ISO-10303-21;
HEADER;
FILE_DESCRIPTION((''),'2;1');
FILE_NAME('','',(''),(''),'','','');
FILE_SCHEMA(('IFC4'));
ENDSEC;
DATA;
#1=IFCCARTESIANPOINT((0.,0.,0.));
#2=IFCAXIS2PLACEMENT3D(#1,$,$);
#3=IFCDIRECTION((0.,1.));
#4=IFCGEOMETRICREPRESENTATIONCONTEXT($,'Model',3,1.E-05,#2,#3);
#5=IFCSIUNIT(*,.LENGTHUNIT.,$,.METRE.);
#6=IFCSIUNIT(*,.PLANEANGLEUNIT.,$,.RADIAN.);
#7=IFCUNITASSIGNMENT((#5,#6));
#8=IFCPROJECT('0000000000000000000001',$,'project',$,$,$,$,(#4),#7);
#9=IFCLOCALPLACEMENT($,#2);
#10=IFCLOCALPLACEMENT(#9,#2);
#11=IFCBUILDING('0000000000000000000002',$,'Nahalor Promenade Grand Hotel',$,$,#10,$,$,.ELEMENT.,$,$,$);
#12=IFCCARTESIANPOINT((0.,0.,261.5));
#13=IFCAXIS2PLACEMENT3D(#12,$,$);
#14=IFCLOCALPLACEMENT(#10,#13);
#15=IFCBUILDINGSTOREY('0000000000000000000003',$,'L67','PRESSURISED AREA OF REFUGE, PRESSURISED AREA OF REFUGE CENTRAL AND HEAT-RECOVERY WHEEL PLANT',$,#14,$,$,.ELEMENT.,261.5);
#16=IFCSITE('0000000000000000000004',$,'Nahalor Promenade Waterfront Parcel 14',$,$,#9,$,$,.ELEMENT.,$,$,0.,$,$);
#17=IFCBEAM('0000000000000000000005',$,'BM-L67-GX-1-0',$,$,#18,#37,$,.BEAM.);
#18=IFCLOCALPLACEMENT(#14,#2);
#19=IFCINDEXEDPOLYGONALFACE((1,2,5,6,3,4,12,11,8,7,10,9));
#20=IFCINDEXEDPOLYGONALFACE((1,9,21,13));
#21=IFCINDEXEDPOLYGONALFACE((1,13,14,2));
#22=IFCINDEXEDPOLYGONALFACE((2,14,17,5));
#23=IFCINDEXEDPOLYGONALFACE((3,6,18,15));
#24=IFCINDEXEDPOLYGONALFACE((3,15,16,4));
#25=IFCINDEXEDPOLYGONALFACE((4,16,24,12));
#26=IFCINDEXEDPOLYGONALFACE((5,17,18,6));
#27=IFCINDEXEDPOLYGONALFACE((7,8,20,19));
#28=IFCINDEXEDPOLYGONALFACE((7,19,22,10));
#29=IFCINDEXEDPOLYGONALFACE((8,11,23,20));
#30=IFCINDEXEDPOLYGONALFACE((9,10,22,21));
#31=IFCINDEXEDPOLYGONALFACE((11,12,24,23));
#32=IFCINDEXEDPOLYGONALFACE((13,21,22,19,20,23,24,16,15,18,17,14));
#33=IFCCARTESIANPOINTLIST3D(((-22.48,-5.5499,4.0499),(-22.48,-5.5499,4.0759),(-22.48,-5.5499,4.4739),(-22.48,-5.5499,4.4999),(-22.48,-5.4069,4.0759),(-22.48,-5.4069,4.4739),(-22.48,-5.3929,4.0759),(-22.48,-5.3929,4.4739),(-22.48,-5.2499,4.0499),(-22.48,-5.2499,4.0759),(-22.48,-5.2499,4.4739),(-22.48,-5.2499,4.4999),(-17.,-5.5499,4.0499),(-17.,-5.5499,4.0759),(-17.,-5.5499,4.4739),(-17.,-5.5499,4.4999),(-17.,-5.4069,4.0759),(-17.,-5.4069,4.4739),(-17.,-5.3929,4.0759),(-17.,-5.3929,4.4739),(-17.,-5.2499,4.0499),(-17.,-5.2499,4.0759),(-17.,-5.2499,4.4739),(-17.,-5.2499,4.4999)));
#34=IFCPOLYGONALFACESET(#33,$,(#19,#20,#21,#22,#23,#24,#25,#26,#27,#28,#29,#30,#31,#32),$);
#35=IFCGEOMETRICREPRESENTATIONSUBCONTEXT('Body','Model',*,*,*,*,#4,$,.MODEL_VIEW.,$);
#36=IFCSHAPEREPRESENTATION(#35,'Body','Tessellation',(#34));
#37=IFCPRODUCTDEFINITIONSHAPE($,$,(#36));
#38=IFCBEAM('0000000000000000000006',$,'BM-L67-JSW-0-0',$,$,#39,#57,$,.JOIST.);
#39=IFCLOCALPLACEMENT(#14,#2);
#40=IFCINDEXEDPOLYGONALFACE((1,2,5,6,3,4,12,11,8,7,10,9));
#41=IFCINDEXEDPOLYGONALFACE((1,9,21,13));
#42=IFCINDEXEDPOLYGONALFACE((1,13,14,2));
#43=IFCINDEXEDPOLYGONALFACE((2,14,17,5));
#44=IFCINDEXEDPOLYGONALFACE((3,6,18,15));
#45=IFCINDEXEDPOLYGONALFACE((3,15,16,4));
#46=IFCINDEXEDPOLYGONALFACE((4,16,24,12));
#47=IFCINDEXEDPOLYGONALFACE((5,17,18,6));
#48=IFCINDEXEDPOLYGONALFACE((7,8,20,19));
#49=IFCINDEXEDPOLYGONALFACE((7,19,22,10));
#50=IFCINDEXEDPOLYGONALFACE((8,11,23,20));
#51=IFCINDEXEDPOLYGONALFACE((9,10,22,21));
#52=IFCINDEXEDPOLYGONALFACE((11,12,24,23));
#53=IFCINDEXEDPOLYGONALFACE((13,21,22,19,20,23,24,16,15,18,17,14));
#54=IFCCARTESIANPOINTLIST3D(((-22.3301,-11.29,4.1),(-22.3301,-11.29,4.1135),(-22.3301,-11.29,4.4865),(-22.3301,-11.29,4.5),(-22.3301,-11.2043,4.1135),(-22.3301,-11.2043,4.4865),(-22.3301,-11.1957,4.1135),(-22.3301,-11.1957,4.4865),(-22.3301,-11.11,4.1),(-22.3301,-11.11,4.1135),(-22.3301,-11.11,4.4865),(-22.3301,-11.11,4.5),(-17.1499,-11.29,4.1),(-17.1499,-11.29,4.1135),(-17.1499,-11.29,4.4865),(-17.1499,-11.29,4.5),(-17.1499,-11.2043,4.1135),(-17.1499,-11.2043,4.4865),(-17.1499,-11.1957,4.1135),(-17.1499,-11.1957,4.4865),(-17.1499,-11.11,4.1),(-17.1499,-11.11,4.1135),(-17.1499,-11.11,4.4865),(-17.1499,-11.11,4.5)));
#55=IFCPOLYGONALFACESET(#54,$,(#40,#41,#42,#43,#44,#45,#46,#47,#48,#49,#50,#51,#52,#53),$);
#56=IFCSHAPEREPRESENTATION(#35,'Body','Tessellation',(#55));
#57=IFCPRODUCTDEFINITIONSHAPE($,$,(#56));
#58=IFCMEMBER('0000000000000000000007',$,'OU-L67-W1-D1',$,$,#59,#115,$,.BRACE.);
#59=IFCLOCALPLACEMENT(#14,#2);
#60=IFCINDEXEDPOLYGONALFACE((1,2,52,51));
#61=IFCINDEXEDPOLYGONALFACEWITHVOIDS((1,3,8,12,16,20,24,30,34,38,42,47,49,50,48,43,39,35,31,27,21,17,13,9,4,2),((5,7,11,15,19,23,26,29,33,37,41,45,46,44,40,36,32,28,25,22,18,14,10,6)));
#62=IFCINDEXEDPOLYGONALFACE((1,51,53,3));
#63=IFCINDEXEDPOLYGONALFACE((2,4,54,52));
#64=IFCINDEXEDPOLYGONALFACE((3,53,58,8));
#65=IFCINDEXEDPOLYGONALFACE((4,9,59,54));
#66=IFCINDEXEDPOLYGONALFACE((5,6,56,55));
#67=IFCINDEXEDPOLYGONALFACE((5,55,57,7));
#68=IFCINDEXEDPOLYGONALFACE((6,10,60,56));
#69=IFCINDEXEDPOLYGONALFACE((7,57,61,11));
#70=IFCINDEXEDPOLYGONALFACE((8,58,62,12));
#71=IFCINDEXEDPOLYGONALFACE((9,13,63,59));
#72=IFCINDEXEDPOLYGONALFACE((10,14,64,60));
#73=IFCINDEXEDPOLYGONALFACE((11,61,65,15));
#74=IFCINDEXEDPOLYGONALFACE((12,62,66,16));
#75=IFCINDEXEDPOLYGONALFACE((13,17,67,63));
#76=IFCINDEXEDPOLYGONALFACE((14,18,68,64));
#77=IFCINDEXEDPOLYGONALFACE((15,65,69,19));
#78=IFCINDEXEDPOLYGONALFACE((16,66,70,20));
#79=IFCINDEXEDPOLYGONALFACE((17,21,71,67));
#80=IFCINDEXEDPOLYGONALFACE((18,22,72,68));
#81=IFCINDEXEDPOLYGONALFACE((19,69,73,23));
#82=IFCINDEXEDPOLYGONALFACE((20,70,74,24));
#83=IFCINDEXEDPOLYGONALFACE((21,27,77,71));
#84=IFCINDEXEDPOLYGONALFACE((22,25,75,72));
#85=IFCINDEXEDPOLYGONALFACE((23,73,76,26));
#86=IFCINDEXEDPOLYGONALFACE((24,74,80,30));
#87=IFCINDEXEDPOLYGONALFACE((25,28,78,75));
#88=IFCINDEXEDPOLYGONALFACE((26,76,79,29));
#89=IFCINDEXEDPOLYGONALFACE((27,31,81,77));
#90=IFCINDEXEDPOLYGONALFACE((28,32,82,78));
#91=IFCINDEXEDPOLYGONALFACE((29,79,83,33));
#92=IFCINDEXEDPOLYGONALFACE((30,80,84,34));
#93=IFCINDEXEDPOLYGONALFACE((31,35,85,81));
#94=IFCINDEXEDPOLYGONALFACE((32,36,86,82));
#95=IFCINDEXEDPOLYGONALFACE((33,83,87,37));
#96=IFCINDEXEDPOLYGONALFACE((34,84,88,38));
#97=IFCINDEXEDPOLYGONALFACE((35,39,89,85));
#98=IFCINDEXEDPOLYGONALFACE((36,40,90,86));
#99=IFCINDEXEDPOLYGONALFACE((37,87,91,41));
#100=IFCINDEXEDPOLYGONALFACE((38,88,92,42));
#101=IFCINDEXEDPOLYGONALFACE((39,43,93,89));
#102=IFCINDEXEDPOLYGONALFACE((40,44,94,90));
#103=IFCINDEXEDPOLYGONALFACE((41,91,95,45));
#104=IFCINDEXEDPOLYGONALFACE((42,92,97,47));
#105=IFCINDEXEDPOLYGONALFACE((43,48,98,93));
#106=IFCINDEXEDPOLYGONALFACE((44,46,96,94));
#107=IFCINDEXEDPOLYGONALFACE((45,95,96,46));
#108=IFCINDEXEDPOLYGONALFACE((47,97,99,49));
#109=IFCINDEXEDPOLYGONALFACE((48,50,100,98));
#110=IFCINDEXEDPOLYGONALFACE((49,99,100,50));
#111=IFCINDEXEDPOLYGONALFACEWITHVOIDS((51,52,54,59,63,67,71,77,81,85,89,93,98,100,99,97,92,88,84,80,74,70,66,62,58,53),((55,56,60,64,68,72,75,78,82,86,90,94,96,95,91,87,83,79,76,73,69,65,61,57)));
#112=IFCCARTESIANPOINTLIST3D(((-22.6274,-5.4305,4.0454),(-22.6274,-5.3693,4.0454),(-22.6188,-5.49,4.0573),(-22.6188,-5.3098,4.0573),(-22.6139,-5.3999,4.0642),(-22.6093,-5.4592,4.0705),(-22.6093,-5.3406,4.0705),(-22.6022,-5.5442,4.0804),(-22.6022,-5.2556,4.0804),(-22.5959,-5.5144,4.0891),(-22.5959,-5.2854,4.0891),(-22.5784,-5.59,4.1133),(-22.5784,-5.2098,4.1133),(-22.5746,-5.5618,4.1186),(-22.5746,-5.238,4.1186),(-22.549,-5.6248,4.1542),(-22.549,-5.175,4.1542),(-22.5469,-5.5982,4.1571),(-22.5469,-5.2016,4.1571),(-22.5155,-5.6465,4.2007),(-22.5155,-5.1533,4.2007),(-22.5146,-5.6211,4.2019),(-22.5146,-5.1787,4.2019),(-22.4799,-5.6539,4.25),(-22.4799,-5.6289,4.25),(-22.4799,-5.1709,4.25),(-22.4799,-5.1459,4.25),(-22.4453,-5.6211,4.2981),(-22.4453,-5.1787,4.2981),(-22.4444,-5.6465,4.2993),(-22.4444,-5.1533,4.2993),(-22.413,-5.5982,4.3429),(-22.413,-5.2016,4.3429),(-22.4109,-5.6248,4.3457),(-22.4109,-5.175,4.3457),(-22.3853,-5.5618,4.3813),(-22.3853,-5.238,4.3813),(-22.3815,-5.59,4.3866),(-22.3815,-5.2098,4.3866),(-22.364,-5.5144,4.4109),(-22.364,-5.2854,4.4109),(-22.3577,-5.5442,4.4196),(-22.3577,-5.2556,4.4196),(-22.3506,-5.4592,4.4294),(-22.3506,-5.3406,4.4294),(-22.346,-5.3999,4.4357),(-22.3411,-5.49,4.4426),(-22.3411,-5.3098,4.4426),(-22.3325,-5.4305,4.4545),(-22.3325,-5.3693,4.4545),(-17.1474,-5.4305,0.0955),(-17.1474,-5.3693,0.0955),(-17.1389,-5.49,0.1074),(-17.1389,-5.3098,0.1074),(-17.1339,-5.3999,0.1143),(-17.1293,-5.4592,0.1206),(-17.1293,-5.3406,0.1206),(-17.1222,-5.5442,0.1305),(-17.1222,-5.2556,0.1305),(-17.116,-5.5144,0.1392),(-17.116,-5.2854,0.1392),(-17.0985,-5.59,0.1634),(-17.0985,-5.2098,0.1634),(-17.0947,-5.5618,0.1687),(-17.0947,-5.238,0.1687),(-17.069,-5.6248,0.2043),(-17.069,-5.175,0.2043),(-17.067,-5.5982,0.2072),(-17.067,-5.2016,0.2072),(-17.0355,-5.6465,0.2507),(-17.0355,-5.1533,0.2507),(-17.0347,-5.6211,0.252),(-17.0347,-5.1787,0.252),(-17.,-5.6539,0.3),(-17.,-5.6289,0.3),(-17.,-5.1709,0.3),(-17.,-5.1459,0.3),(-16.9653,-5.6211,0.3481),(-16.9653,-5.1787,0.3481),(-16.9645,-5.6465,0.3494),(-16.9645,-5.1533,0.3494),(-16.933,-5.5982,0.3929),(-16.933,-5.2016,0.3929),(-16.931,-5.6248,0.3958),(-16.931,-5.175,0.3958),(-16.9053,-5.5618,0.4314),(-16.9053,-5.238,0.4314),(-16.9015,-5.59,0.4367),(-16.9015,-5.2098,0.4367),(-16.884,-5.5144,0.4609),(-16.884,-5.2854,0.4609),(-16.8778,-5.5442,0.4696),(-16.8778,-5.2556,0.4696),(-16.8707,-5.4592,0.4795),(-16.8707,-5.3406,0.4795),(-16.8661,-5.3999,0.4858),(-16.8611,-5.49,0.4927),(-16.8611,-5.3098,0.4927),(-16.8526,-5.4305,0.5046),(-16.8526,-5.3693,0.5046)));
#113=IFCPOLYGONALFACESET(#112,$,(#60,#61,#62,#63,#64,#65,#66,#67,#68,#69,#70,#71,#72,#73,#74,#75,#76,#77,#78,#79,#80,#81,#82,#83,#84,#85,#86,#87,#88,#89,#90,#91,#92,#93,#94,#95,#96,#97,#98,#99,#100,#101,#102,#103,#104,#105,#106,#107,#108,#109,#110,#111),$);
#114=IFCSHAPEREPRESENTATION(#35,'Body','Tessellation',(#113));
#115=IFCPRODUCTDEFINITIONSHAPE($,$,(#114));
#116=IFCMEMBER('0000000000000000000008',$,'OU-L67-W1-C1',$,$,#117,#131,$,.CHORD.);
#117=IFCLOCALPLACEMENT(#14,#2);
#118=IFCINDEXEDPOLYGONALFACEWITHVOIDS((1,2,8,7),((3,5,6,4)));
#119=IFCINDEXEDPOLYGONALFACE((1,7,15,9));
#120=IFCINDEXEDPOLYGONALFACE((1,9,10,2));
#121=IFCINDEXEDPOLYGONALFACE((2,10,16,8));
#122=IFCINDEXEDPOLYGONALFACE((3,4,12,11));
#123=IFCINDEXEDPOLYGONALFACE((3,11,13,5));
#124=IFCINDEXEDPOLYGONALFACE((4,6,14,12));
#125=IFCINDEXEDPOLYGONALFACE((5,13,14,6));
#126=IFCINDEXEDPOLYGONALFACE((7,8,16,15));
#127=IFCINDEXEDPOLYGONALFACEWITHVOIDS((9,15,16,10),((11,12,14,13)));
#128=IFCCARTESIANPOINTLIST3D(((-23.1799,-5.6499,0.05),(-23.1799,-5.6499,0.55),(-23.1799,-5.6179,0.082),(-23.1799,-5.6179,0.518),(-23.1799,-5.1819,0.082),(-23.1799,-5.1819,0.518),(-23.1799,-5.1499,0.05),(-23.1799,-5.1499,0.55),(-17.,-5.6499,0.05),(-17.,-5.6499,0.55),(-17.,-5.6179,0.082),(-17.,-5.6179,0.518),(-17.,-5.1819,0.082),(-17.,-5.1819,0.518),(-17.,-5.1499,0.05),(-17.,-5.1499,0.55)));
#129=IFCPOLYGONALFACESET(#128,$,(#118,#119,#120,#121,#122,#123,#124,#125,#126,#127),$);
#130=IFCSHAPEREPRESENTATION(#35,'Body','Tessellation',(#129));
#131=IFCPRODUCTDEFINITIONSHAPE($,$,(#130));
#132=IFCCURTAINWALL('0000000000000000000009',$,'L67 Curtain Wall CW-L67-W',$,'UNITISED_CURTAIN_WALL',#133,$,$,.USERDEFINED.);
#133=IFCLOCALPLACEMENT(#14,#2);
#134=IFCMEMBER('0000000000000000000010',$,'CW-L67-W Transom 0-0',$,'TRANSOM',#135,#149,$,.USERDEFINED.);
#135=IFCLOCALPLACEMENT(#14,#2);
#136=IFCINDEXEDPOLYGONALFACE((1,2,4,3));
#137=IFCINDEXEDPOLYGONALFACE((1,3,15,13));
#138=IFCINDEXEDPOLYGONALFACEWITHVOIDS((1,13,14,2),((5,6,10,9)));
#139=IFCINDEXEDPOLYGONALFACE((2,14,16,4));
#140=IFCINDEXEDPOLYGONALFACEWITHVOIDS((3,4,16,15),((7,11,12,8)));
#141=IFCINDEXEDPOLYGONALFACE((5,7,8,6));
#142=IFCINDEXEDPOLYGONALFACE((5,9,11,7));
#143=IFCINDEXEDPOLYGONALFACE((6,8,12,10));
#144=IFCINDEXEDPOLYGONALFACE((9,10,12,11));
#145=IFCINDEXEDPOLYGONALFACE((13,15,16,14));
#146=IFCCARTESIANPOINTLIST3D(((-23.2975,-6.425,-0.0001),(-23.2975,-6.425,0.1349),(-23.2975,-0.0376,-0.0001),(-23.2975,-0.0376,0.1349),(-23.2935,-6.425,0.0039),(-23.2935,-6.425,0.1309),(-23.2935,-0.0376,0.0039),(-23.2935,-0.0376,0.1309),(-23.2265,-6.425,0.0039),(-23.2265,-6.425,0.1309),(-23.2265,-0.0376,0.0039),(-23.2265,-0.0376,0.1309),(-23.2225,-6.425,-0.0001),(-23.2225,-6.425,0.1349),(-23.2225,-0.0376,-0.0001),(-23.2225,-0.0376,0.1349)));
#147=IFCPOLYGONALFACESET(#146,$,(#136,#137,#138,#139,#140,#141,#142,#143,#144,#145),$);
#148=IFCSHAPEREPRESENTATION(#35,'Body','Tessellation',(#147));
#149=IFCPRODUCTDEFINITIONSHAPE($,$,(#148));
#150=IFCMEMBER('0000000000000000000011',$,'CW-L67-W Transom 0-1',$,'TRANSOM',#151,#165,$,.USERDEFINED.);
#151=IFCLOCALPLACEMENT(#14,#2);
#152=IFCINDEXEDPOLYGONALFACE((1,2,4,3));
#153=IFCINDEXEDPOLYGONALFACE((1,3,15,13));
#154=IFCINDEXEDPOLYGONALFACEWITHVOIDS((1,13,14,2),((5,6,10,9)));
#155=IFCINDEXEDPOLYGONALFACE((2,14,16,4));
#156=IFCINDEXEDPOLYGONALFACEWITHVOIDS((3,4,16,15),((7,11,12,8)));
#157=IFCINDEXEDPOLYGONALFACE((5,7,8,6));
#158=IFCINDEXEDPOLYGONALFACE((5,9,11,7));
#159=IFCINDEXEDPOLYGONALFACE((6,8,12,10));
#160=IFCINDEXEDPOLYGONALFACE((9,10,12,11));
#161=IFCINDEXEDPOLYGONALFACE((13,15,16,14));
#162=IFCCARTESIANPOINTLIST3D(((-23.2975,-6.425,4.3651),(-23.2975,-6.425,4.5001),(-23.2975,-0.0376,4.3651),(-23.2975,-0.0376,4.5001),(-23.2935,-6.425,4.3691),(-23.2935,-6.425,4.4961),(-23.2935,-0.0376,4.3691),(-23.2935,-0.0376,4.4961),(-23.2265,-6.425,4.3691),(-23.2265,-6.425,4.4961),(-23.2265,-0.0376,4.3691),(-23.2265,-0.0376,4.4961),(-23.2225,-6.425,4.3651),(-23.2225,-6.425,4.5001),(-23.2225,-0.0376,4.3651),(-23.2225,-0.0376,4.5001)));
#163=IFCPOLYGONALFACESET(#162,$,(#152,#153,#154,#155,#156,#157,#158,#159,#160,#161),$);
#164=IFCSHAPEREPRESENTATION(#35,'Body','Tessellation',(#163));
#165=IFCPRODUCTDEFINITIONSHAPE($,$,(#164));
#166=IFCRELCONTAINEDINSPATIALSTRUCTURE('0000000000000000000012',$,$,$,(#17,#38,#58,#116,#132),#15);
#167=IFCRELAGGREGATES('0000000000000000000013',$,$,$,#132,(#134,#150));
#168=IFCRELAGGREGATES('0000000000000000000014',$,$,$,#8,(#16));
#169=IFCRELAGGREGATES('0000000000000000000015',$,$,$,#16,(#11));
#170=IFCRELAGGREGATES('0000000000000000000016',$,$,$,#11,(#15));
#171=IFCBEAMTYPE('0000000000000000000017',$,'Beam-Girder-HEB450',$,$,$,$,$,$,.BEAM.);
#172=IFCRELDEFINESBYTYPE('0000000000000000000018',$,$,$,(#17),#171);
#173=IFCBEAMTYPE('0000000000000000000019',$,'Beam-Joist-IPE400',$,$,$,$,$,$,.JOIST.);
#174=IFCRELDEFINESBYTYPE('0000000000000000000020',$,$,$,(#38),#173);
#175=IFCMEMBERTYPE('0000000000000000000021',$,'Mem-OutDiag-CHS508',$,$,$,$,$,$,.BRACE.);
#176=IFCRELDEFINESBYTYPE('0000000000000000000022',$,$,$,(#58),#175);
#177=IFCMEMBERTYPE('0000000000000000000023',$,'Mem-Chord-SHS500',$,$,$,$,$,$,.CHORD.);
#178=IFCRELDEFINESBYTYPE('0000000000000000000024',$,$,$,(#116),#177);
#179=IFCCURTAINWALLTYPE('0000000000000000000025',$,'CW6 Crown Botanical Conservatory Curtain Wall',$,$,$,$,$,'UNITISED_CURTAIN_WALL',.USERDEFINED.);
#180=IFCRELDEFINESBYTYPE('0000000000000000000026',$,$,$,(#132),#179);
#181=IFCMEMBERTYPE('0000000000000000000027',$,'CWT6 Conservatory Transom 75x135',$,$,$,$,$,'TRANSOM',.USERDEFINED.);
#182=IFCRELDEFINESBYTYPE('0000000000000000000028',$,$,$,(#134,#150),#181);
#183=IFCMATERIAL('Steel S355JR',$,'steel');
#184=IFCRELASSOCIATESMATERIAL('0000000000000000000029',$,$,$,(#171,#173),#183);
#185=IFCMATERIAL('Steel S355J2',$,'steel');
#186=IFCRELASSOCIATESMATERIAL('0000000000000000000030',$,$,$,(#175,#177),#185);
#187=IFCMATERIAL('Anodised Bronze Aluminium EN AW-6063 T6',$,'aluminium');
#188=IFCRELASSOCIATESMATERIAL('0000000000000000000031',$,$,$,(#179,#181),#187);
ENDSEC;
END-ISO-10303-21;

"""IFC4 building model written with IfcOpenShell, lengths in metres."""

from ifc_helpers import new_model, si_unit, direction, frame, origin, origin_2d, place, context, subcontext, project, spatial, hollow_rectangle, hollow_circle, i_section, extrude, source, transform, mapped, material, material_profile, profile_set, type_object, element, aggregate, save


model = new_model("IFC4")

# Units and contexts
model_context = context("Model", 3, precision=1e-05, world=origin(), true_north=direction((0.0, 1.0)))
body_context = subcontext(model_context, "Body", "Model", "MODEL_VIEW")
ifc_project = project(units=[si_unit("LENGTHUNIT", "METRE"), si_unit("PLANEANGLEUNIT", "RADIAN")], contexts=[model_context])

# Site, building, storey
site_placement = place(None, origin())
site = spatial("IfcSite", under=ifc_project, at=site_placement, Name="Nahalor Promenade Waterfront Parcel 14", CompositionType="ELEMENT", RefElevation=0.0)
building_placement = place(site_placement, origin())
building = spatial("IfcBuilding", under=site, at=building_placement, Name="Nahalor Promenade Grand Hotel", CompositionType="ELEMENT")
storey_placement = place(building_placement, frame((0.0, 0.0, 261.5)))
storey = spatial("IfcBuildingStorey", under=building, at=storey_placement, Name="L67", Description="PRESSURISED AREA OF REFUGE, PRESSURISED AREA OF REFUGE CENTRAL AND HEAT-RECOVERY WHEEL PLANT", CompositionType="ELEMENT", Elevation=261.5)

# Shared definitions
ifc_material_1 = material(Name="Steel S355JR", Category="steel")

# Beams
ifc_material_profile_1 = material_profile(ifc_material_1, i_section(OverallWidth=0.3, OverallDepth=0.45, WebThickness=0.014, FlangeThickness=0.026, at=origin_2d()), Name="HEB 450")
ifc_profile_set_1 = profile_set([ifc_material_profile_1], Name="Steel S355JR")
beam_type_1 = type_object("IfcBeamType", Name="Beam-Girder-HEB450", PredefinedType="BEAM", material=ifc_profile_set_1)
ifc_material_profile_2 = material_profile(ifc_material_1, i_section(OverallWidth=0.18, OverallDepth=0.4, WebThickness=0.0086, FlangeThickness=0.0135, at=origin_2d()), Name="IPE 400")
ifc_profile_set_2 = profile_set([ifc_material_profile_2], Name="Steel S355JR")
beam_type_2 = type_object("IfcBeamType", Name="Beam-Joist-IPE400", PredefinedType="JOIST", material=ifc_profile_set_2)
shared_shape_1 = source(origin(), body_context, "Body", "SweptSolid", [
    extrude(i_section(OverallWidth=0.3, OverallDepth=0.45, WebThickness=0.014, FlangeThickness=0.026, at=origin_2d()), origin(), (0.0, 0.0, 1.0), 5.48),
])
beam_1_placement = place(storey_placement, frame((-22.48, -5.3999, 4.2749), z_axis=(1.0, 0.0, 0.0), x_axis=(0.0, 1.0, 0.0)))
element("IfcBeam", 1, at=beam_1_placement, inside=storey, type_object=beam_type_1, Name="BM-L67-GX-1-0", PredefinedType="BEAM", context=body_context, shape_type="MappedRepresentation", body=[
    mapped(shared_shape_1, transform((0.0, 0.0, 0.0), scale=1.0)),
])
shared_shape_2 = source(origin(), body_context, "Body", "SweptSolid", [
    extrude(i_section(OverallWidth=0.18, OverallDepth=0.4, WebThickness=0.0086, FlangeThickness=0.0135, at=origin_2d()), origin(), (0.0, 0.0, 1.0), 5.1802),
])
beam_2_placement = place(storey_placement, frame((-22.3301, -11.2, 4.3), z_axis=(1.0, 0.0, 0.0), x_axis=(0.0, 1.0, 0.0)))
element("IfcBeam", 2, at=beam_2_placement, inside=storey, type_object=beam_type_2, Name="BM-L67-JSW-0-0", PredefinedType="JOIST", context=body_context, shape_type="MappedRepresentation", body=[
    mapped(shared_shape_2, transform((0.0, 0.0, 0.0), scale=1.0)),
])

# Members
ifc_material_2 = material(Name="Steel S355J2", Category="steel")
ifc_material_profile_3 = material_profile(ifc_material_2, hollow_circle(Radius=0.254, WallThickness=0.025, at=origin_2d()), Name="CHS 508x25")
ifc_profile_set_3 = profile_set([ifc_material_profile_3], Name="Steel S355J2")
member_type_1 = type_object("IfcMemberType", Name="Mem-OutDiag-CHS508", PredefinedType="BRACE", material=ifc_profile_set_3)
shared_shape_3 = source(origin(), body_context, "Body", "SweptSolid", [
    extrude(hollow_circle(Radius=0.254, WallThickness=0.025, at=origin_2d()), origin(), (0.0, 0.0, 1.0), 6.7551),
])
member_1_placement = place(storey_placement, frame((-17.0, -5.3999, 0.3), z_axis=(-0.811228, 0.0, 0.58473), x_axis=(0.0, -1.0, 0.0)))
element("IfcMember", 3, at=member_1_placement, inside=storey, type_object=member_type_1, Name="OU-L67-W1-D1", PredefinedType="BRACE", context=body_context, shape_type="MappedRepresentation", body=[
    mapped(shared_shape_3, transform((0.0, 0.0, 0.0), scale=1.0)),
])
ifc_material_profile_4 = material_profile(ifc_material_2, hollow_rectangle(XDim=0.5, YDim=0.5, WallThickness=0.032, at=origin_2d()), Name="SHS 500x500x32")
ifc_profile_set_4 = profile_set([ifc_material_profile_4], Name="Steel S355J2")
member_type_2 = type_object("IfcMemberType", Name="Mem-Chord-SHS500", PredefinedType="CHORD", material=ifc_profile_set_4)
shared_shape_4 = source(origin(), body_context, "Body", "SweptSolid", [
    extrude(hollow_rectangle(XDim=0.5, YDim=0.5, WallThickness=0.032, at=origin_2d()), origin(), (0.0, 0.0, 1.0), 6.1799),
])
member_2_placement = place(storey_placement, frame((-17.0, -5.3999, 0.3), z_axis=(-1.0, 0.0, 0.0), x_axis=(0.0, -1.0, 0.0)))
element("IfcMember", 4, at=member_2_placement, inside=storey, type_object=member_type_2, Name="OU-L67-W1-C1", PredefinedType="CHORD", context=body_context, shape_type="MappedRepresentation", body=[
    mapped(shared_shape_4, transform((0.0, 0.0, 0.0), scale=1.0)),
])

# Curtain wall, members
ifc_material_3 = material(Name="Anodised Bronze Aluminium EN AW-6063 T6", Category="aluminium")
curtain_wall_type = type_object("IfcCurtainWallType", Name="CW6 Crown Botanical Conservatory Curtain Wall", ElementType="UNITISED_CURTAIN_WALL", PredefinedType="USERDEFINED", material=ifc_material_3)
curtain_wall_placement = place(storey_placement, origin())
curtain_wall = element("IfcCurtainWall", 5, at=curtain_wall_placement, inside=storey, type_object=curtain_wall_type, Name="L67 Curtain Wall CW-L67-W", ObjectType="UNITISED_CURTAIN_WALL", PredefinedType="USERDEFINED")
ifc_material_profile_5 = material_profile(ifc_material_3, hollow_rectangle(XDim=0.075, YDim=0.135, WallThickness=0.004, at=origin_2d()), Name="CWT 75x135x4")
ifc_profile_set_5 = profile_set([ifc_material_profile_5], Name="Anodised Bronze Aluminium EN AW-6063 T6")
member_type_3 = type_object("IfcMemberType", Name="CWT6 Conservatory Transom 75x135", ElementType="TRANSOM", PredefinedType="USERDEFINED", material=ifc_profile_set_5)
shared_shape_5 = source(origin(), body_context, "Body", "SweptSolid", [
    extrude(hollow_rectangle(XDim=0.075, YDim=0.135, WallThickness=0.004, at=origin_2d()), origin(), (0.0, 0.0, 1.0), 6.3875),
])
member_3_placement = place(storey_placement, frame((-23.26, -6.425, 0.0674), z_axis=(0.0, 1.0, 0.0), x_axis=(-1.0, 0.0, 0.0)))
member_3 = element("IfcMember", 6, at=member_3_placement, type_object=member_type_3, Name="CW-L67-W Transom 0-0", ObjectType="TRANSOM", PredefinedType="USERDEFINED", context=body_context, shape_type="MappedRepresentation", body=[
    mapped(shared_shape_5, transform((0.0, 0.0, 0.0), scale=1.0)),
])
member_4_placement = place(storey_placement, frame((-23.26, -6.425, 4.4326), z_axis=(0.0, 1.0, 0.0), x_axis=(-1.0, 0.0, 0.0)))
member_4 = element("IfcMember", 7, at=member_4_placement, type_object=member_type_3, Name="CW-L67-W Transom 0-1", ObjectType="TRANSOM", PredefinedType="USERDEFINED", context=body_context, shape_type="MappedRepresentation", body=[
    mapped(shared_shape_5, transform((0.0, 0.0, 0.0), scale=1.0)),
])
aggregate(curtain_wall, [member_3, member_4])

save(model, "model.ifc")
